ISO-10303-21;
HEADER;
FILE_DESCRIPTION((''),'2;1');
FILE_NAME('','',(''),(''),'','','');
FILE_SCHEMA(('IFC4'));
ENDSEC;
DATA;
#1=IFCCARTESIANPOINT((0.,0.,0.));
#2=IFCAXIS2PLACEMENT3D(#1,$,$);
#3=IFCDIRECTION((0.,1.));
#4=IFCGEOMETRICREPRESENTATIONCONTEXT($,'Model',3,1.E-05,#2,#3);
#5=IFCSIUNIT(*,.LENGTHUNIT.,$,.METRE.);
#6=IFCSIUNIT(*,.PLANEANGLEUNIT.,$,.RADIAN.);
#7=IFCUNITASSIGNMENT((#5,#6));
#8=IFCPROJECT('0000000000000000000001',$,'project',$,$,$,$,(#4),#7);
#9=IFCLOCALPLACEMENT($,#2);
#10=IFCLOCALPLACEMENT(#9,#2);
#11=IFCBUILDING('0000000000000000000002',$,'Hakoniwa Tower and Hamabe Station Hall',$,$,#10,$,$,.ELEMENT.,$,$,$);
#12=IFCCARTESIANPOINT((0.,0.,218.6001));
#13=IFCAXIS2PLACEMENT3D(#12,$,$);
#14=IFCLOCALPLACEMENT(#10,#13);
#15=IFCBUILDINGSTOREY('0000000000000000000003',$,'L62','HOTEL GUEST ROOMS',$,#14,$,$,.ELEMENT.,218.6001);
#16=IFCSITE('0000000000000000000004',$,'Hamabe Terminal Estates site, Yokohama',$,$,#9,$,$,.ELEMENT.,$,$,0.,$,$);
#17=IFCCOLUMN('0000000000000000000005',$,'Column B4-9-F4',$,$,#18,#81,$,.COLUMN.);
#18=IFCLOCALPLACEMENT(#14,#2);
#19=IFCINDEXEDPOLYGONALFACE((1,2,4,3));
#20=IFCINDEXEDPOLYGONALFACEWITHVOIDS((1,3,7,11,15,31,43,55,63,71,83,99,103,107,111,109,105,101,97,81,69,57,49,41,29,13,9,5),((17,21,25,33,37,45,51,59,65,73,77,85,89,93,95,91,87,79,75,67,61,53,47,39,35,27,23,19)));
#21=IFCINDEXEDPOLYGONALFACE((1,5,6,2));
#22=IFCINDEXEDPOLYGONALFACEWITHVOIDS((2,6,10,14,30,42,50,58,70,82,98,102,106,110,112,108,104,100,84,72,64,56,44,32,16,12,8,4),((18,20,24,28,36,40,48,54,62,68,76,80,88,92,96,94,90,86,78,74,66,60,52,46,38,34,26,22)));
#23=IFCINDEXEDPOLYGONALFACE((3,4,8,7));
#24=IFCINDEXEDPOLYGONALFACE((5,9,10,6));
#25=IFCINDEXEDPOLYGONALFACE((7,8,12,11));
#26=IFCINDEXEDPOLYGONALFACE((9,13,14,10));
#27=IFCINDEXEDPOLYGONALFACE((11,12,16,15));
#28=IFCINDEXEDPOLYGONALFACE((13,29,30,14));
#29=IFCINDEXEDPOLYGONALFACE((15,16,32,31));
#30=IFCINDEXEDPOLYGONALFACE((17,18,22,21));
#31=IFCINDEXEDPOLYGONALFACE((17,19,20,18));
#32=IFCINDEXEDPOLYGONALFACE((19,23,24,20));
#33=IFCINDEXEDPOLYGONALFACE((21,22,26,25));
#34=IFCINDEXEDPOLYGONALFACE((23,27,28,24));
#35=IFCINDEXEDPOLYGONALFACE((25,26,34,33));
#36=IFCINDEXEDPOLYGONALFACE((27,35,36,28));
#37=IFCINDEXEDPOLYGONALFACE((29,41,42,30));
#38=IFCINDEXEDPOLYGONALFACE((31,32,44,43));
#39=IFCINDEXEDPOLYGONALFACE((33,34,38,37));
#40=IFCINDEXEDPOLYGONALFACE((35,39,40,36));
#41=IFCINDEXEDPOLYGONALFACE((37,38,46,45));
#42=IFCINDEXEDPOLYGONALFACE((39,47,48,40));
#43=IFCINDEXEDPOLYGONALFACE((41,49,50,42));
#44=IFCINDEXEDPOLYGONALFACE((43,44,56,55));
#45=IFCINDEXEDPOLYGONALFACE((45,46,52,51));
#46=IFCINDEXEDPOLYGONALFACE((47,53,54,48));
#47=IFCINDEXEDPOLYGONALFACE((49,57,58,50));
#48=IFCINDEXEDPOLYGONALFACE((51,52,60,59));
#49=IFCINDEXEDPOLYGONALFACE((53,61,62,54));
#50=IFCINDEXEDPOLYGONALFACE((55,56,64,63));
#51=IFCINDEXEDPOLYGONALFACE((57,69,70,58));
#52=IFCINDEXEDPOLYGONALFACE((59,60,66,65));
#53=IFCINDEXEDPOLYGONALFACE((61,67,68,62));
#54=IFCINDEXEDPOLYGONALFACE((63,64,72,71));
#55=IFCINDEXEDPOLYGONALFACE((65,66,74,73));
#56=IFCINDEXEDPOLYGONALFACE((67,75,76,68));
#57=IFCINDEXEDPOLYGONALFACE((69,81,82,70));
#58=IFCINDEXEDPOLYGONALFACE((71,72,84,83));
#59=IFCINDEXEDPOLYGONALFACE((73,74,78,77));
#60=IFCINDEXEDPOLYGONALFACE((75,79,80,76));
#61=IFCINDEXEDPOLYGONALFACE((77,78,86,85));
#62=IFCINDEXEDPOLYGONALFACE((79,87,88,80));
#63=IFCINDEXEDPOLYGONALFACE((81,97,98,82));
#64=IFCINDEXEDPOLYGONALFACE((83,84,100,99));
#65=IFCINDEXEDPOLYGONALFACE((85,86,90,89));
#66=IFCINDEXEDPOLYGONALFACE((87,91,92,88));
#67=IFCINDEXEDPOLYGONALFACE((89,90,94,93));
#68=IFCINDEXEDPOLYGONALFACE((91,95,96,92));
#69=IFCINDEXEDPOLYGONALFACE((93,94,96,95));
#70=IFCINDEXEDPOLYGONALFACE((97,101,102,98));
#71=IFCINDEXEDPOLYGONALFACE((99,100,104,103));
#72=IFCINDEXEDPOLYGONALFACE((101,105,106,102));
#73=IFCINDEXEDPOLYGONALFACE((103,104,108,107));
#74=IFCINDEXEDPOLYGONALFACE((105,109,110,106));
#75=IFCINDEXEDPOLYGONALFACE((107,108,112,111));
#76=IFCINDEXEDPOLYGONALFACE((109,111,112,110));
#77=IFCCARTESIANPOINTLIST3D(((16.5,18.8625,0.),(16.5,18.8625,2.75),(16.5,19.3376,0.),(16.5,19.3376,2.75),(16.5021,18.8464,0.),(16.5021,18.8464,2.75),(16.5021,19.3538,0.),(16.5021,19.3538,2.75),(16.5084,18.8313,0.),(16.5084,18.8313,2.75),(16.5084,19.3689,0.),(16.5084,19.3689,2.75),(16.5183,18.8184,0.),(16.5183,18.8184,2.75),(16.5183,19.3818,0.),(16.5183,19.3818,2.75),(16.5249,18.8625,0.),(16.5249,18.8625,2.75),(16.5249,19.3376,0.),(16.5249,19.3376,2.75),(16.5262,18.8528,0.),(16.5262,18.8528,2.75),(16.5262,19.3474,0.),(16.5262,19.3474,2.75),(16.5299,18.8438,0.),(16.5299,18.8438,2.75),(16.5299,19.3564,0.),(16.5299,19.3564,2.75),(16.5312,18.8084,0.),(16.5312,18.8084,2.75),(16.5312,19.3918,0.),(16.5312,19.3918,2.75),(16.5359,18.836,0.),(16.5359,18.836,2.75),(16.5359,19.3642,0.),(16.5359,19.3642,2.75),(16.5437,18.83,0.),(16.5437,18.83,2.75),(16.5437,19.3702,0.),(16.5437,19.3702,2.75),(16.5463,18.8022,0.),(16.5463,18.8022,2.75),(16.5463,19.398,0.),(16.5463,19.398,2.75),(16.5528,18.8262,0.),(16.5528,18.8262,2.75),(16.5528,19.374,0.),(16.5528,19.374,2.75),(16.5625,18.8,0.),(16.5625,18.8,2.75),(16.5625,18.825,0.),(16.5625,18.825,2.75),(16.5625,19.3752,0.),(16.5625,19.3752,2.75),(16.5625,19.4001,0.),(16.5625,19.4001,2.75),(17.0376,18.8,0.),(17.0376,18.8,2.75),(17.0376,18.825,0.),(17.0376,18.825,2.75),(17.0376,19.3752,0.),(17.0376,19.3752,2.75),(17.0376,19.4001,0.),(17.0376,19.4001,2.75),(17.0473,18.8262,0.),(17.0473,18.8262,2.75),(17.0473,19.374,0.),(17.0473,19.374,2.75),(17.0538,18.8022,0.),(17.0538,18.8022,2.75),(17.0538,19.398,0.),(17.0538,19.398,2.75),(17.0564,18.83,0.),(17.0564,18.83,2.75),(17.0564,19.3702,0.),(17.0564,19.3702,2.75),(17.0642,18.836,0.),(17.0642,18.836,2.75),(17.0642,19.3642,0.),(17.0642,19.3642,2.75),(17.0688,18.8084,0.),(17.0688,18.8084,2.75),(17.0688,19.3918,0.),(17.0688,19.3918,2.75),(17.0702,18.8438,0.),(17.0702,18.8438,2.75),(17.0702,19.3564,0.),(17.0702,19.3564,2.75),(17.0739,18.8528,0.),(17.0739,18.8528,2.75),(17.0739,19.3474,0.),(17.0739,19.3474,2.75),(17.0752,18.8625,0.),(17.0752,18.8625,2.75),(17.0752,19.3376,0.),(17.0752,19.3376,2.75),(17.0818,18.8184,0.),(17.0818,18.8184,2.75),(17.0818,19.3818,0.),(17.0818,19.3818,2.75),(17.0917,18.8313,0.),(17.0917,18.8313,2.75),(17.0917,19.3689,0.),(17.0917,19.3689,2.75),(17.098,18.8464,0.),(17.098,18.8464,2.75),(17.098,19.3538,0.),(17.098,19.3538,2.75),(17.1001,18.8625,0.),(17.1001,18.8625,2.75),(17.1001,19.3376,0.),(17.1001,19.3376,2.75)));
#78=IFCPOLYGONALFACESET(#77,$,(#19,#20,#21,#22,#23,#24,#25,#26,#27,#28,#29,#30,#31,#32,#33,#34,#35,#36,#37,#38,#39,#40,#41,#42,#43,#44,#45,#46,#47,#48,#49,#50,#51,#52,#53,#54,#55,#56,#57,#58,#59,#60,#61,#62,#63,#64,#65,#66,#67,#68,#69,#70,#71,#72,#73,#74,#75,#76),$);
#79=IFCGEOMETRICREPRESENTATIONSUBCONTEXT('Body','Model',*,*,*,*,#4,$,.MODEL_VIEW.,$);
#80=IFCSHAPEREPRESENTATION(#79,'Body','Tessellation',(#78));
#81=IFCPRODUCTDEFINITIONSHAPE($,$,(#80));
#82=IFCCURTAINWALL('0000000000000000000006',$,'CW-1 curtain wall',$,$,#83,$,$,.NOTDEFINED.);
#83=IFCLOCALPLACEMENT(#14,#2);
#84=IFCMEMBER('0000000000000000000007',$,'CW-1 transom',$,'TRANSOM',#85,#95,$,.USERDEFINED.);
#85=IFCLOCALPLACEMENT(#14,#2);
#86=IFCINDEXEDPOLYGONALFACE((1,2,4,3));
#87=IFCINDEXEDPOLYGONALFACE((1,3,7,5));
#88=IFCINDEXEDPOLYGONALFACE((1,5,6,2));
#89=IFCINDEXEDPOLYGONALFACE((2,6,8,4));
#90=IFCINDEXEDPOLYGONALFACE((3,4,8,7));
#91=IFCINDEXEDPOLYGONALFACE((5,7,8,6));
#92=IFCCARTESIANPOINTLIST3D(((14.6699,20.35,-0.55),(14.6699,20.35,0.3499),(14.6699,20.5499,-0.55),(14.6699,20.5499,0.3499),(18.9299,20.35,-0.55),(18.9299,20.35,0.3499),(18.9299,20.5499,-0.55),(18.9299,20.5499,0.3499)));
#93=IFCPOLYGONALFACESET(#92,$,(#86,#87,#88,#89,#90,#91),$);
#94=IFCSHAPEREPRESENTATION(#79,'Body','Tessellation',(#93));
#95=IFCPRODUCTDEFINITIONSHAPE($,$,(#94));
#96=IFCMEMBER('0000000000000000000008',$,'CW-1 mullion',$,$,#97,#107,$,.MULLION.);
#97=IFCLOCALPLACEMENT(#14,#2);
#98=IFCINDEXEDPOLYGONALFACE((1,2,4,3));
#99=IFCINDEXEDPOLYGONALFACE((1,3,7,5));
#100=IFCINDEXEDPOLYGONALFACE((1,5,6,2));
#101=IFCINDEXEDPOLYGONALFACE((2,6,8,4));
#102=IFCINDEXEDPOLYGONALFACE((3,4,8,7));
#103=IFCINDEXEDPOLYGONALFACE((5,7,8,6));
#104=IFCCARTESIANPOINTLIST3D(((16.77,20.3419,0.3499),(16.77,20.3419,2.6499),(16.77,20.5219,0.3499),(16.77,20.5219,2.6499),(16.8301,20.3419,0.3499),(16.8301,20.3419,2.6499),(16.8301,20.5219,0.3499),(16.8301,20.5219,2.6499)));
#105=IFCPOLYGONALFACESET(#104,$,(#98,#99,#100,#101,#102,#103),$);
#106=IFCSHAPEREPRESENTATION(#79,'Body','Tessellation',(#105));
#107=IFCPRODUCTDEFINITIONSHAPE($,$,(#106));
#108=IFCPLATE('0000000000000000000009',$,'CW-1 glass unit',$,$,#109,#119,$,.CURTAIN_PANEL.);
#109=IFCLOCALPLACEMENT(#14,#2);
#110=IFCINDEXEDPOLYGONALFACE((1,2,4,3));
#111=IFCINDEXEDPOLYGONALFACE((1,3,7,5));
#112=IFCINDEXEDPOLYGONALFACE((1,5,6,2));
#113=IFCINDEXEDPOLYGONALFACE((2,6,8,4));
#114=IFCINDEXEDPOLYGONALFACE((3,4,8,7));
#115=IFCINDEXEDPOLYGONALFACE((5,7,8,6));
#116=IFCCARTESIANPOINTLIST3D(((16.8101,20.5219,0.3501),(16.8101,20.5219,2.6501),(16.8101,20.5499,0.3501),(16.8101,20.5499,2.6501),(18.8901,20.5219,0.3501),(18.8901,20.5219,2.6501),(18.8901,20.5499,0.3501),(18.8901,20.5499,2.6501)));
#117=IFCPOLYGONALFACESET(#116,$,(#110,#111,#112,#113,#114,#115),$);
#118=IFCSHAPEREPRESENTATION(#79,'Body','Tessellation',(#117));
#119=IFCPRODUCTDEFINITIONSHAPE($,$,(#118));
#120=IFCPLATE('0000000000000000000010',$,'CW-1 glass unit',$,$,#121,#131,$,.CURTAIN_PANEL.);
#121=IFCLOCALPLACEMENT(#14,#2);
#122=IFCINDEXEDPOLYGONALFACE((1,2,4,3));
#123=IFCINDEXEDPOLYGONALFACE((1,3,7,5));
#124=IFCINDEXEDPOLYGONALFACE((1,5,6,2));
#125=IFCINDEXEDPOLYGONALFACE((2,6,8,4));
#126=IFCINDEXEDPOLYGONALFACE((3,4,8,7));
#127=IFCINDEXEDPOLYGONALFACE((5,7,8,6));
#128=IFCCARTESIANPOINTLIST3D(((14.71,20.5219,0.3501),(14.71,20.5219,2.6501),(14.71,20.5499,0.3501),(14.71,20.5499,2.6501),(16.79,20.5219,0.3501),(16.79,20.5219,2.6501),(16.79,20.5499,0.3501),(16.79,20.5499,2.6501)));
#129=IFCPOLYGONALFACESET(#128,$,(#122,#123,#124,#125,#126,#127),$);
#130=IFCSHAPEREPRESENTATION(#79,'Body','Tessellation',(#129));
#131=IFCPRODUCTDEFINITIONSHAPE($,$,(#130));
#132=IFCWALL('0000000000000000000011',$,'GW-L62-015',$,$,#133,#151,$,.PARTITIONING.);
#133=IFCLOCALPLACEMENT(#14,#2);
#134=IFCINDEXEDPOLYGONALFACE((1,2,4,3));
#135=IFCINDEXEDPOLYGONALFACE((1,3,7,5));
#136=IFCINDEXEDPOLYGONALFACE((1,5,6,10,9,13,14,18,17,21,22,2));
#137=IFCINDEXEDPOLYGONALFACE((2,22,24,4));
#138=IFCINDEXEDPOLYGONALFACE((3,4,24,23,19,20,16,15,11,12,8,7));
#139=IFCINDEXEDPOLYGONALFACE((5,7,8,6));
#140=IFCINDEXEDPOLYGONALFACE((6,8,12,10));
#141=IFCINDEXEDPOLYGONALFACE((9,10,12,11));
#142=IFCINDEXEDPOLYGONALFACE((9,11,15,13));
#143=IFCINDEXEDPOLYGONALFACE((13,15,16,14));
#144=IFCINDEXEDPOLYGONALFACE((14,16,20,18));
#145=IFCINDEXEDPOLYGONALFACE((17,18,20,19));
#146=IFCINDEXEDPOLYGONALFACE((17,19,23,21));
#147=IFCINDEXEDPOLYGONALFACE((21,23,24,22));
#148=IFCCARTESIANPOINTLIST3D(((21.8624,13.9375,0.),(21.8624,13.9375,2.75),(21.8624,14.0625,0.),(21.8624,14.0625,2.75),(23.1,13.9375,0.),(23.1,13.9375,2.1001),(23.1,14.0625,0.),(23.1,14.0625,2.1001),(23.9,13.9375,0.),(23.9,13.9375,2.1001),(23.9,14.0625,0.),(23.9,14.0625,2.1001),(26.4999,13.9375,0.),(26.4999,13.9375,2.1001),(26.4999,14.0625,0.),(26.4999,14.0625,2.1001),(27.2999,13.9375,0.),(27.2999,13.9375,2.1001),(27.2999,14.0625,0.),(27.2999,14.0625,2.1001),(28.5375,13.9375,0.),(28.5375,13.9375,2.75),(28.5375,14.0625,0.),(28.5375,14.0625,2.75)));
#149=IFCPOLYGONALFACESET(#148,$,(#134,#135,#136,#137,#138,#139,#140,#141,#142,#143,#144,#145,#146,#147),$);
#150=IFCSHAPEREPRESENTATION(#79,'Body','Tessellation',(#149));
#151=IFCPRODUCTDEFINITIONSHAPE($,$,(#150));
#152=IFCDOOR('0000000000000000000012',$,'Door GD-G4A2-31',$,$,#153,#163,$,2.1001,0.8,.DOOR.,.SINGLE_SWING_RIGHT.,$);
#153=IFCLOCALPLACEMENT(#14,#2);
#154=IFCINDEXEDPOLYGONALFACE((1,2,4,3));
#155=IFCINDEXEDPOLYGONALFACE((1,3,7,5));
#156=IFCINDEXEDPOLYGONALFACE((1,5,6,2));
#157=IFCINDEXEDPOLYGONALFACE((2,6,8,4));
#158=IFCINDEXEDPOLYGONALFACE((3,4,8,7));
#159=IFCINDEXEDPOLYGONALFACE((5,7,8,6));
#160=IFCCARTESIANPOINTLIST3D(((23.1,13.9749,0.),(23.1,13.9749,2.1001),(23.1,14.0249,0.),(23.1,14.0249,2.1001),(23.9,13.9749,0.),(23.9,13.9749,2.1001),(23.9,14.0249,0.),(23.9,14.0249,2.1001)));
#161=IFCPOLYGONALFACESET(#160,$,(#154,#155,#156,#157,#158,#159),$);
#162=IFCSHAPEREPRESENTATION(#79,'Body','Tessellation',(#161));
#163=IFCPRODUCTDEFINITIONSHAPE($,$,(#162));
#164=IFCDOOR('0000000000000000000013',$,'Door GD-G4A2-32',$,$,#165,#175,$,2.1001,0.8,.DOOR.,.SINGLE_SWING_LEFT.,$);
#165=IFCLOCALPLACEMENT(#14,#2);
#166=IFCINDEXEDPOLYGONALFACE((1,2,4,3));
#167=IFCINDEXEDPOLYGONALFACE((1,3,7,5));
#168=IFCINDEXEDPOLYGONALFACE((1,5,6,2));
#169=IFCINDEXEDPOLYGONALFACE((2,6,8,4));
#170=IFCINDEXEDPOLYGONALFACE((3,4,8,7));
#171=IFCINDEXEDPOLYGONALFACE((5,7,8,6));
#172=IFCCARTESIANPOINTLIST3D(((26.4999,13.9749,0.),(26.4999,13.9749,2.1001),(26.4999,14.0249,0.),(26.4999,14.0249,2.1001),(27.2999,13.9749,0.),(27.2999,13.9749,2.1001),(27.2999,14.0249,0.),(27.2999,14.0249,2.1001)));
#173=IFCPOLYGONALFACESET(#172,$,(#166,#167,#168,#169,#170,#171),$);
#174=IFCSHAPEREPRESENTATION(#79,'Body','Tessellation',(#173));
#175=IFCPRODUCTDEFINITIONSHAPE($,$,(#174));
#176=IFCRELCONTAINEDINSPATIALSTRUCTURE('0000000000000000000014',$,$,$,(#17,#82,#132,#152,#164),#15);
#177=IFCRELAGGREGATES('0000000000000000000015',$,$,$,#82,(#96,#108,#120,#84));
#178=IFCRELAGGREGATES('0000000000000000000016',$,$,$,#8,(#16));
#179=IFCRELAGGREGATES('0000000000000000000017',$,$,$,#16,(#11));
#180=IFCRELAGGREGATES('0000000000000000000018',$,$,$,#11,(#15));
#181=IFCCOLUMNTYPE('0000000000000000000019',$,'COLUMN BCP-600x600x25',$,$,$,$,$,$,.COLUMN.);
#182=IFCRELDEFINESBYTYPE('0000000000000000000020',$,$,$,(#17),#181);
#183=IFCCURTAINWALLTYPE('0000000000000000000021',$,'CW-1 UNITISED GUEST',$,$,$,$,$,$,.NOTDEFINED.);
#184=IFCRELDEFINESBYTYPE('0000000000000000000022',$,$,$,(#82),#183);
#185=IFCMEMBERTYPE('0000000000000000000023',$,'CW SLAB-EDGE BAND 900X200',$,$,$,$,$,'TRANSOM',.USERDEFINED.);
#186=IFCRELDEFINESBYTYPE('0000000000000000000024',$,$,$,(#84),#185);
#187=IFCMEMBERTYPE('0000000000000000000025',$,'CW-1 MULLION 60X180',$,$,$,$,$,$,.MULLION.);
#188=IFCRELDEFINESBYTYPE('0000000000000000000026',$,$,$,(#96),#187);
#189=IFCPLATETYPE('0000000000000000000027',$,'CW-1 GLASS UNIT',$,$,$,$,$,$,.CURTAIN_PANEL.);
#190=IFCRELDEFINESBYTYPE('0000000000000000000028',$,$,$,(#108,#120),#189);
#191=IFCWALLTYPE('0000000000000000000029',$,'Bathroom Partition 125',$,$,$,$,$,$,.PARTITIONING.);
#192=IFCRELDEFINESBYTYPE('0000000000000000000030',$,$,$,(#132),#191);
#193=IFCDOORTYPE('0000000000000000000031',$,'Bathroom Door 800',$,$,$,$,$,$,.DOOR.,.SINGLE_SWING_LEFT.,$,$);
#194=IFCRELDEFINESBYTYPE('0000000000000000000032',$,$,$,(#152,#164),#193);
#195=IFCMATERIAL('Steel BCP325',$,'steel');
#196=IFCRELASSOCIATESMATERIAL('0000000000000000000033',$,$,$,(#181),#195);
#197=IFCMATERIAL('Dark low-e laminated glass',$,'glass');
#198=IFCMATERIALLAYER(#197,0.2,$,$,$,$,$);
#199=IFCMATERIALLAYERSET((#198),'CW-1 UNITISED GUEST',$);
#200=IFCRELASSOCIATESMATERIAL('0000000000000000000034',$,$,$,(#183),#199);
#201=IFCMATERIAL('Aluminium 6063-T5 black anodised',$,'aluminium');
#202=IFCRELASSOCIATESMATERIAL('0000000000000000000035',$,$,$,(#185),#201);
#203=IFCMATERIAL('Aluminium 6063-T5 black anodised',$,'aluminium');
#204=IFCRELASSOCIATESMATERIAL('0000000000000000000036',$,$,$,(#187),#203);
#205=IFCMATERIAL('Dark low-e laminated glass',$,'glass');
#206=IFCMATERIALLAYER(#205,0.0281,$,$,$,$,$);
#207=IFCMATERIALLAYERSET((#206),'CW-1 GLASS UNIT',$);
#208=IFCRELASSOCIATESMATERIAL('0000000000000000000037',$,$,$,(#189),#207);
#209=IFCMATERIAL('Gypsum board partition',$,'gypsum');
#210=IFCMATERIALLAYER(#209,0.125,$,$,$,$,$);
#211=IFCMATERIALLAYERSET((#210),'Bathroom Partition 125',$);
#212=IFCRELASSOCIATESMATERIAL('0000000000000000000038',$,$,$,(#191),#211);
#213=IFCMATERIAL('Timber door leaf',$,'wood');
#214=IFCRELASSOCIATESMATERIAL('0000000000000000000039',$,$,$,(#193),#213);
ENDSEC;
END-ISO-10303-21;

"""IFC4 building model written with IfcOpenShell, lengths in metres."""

from ifc_helpers import new_model, si_unit, direction, frame, frame_2d, origin, origin_2d, place, context, subcontext, project, spatial, rectangle, hollow_rectangle, extrude, material, layer, layer_set, material_profile, profile_set, type_object, element, fill, aggregate, save


model = new_model("IFC4")

# Units and contexts
model_context = context("Model", 3, precision=1e-05, world=origin(), true_north=direction((0.0, 1.0)))
body_context = subcontext(model_context, "Body", "Model", "MODEL_VIEW")
ifc_project = project(units=[si_unit("LENGTHUNIT", "METRE"), si_unit("PLANEANGLEUNIT", "RADIAN")], contexts=[model_context])

# Site, building, storey
site_placement = place(None, origin())
site = spatial("IfcSite", under=ifc_project, at=site_placement, Name="Hamabe Terminal Estates site, Yokohama", CompositionType="ELEMENT", RefElevation=0.0)
building_placement = place(site_placement, origin())
building = spatial("IfcBuilding", under=site, at=building_placement, Name="Hakoniwa Tower and Hamabe Station Hall", CompositionType="ELEMENT")
storey_placement = place(building_placement, frame((0.0, 0.0, 218.6001)))
storey = spatial("IfcBuildingStorey", under=building, at=storey_placement, Name="L62", Description="HOTEL GUEST ROOMS", CompositionType="ELEMENT", Elevation=218.6001)

# Column
ifc_material_1 = material(Name="Steel BCP325", Category="steel")
ifc_material_profile_1 = material_profile(ifc_material_1, hollow_rectangle(XDim=0.6001, YDim=0.6001, WallThickness=0.0249, InnerFilletRadius=0.0376, OuterFilletRadius=0.0625, at=origin_2d()), Name="BCP-600x600x25")
ifc_profile_set_1 = profile_set([ifc_material_profile_1], Name="Steel BCP325")
column_type = type_object("IfcColumnType", Name="COLUMN BCP-600x600x25", PredefinedType="COLUMN", material=ifc_profile_set_1)
column_placement = place(storey_placement, frame((16.8, 19.1001, 0.0), z_axis=(0.0, 0.0, 1.0), x_axis=(1.0, 0.0, 0.0)))
element("IfcColumn", 1, at=column_placement, inside=storey, type_object=column_type, Name="Column B4-9-F4", PredefinedType="COLUMN", context=body_context, shape_type="SweptSolid", body=[
    extrude(hollow_rectangle(XDim=0.6001, YDim=0.6001, WallThickness=0.0249, InnerFilletRadius=0.0376, OuterFilletRadius=0.0625, at=origin_2d()), origin(), (0.0, 0.0, 1.0), 2.75),
])

# Curtain wall, members, plates
ifc_material_2 = material(Name="Dark low-e laminated glass", Category="glass")
ifc_layer_1 = layer(ifc_material_2, 0.2)
ifc_layer_set_1 = layer_set([ifc_layer_1], Name="CW-1 UNITISED GUEST")
curtain_wall_type = type_object("IfcCurtainWallType", Name="CW-1 UNITISED GUEST", PredefinedType="NOTDEFINED", material=ifc_layer_set_1)
curtain_wall_placement = place(storey_placement, origin())
curtain_wall = element("IfcCurtainWall", 2, at=curtain_wall_placement, inside=storey, type_object=curtain_wall_type, Name="CW-1 curtain wall", PredefinedType="NOTDEFINED")
ifc_material_3 = material(Name="Aluminium 6063-T5 black anodised", Category="aluminium")
ifc_material_profile_2 = material_profile(ifc_material_3, rectangle(XDim=0.2, YDim=0.8999, at=origin_2d()), Name="CW SLAB-EDGE BAND 900X200")
ifc_profile_set_2 = profile_set([ifc_material_profile_2], Name="Aluminium 6063-T5 black anodised")
member_type_1 = type_object("IfcMemberType", Name="CW SLAB-EDGE BAND 900X200", ElementType="TRANSOM", PredefinedType="USERDEFINED", material=ifc_profile_set_2)
member_1_placement = place(storey_placement, frame((18.9299, 20.45, -0.1001), z_axis=(-1.0, 0.0, 0.0), x_axis=(0.0, -1.0, 0.0)))
member_1 = element("IfcMember", 3, at=member_1_placement, type_object=member_type_1, Name="CW-1 transom", ObjectType="TRANSOM", PredefinedType="USERDEFINED", context=body_context, shape_type="SweptSolid", body=[
    extrude(rectangle(XDim=0.2, YDim=0.8999, at=origin_2d()), origin(), (0.0, 0.0, 1.0), 4.26),
])
ifc_material_4 = material(Name="Aluminium 6063-T5 black anodised", Category="aluminium")
ifc_material_profile_3 = material_profile(ifc_material_4, rectangle(XDim=0.0601, YDim=0.1799, at=origin_2d()), Name="CW-1 MULLION 60X180")
ifc_profile_set_3 = profile_set([ifc_material_profile_3], Name="Aluminium 6063-T5 black anodised")
member_type_2 = type_object("IfcMemberType", Name="CW-1 MULLION 60X180", PredefinedType="MULLION", material=ifc_profile_set_3)
member_2_placement = place(storey_placement, frame((16.8, 20.4319, 0.3499), z_axis=(0.0, 0.0, 1.0), x_axis=(-1.0, 0.0, 0.0)))
member_2 = element("IfcMember", 4, at=member_2_placement, type_object=member_type_2, Name="CW-1 mullion", PredefinedType="MULLION", context=body_context, shape_type="SweptSolid", body=[
    extrude(rectangle(XDim=0.0601, YDim=0.1799, at=origin_2d()), origin(), (0.0, 0.0, 1.0), 2.3),
])
ifc_material_5 = material(Name="Dark low-e laminated glass", Category="glass")
ifc_layer_2 = layer(ifc_material_5, 0.0281)
ifc_layer_set_2 = layer_set([ifc_layer_2], Name="CW-1 GLASS UNIT")
plate_type = type_object("IfcPlateType", Name="CW-1 GLASS UNIT", PredefinedType="CURTAIN_PANEL", material=ifc_layer_set_2)
plate_1_placement = place(storey_placement, frame((17.8501, 20.5359, 0.3501), z_axis=(0.0, 0.0, 1.0), x_axis=(-1.0, 0.0, 0.0)))
plate_1 = element("IfcPlate", 5, at=plate_1_placement, type_object=plate_type, Name="CW-1 glass unit", PredefinedType="CURTAIN_PANEL", context=body_context, shape_type="SweptSolid", body=[
    extrude(rectangle(XDim=2.0801, YDim=0.0281, at=origin_2d()), origin(), (0.0, 0.0, 1.0), 2.3),
])
plate_2_placement = place(storey_placement, frame((15.75, 20.5359, 0.3501), z_axis=(0.0, 0.0, 1.0), x_axis=(-1.0, 0.0, 0.0)))
plate_2 = element("IfcPlate", 6, at=plate_2_placement, type_object=plate_type, Name="CW-1 glass unit", PredefinedType="CURTAIN_PANEL", context=body_context, shape_type="SweptSolid", body=[
    extrude(rectangle(XDim=2.0801, YDim=0.0281, at=origin_2d()), origin(), (0.0, 0.0, 1.0), 2.3),
])

# Wall, openings, doors
ifc_material_6 = material(Name="Gypsum board partition", Category="gypsum")
ifc_layer_3 = layer(ifc_material_6, 0.125)
ifc_layer_set_3 = layer_set([ifc_layer_3], Name="Bathroom Partition 125")
wall_type_1 = type_object("IfcWallType", Name="Bathroom Partition 125", PredefinedType="PARTITIONING", material=ifc_layer_set_3)
wall_1_placement = place(storey_placement, frame((21.8625, 14.0, 0.0), z_axis=(0.0, 0.0, 1.0), x_axis=(1.0, 0.0, 0.0)))
wall_1 = element("IfcWall", 7, at=wall_1_placement, inside=storey, type_object=wall_type_1, Name="GW-L62-015", PredefinedType="PARTITIONING", context=body_context, shape_type="SweptSolid", body=[
    extrude(rectangle(XDim=6.675, YDim=0.125, at=frame_2d((3.3374, 0.0))), origin(), (0.0, 0.0, 1.0), 2.75),
])
opening_1_placement = place(wall_1_placement, frame((1.2375, 0.0, 0.0)))
opening_1 = element("IfcOpeningElement", 8, at=opening_1_placement, cuts=wall_1, PredefinedType="OPENING", context=body_context, shape_type="SweptSolid", body=[
    extrude(rectangle(XDim=0.8, YDim=2.1001, at=frame_2d((0.3999, 1.05))), frame((0.0, 0.0725, 0.0), z_axis=(0.0, -1.0, 0.0), x_axis=(1.0, 0.0, 0.0)), (0.0, 0.0, 1.0), 0.145),
])
opening_2_placement = place(wall_1_placement, frame((4.6375, 0.0, 0.0)))
opening_2 = element("IfcOpeningElement", 9, at=opening_2_placement, cuts=wall_1, PredefinedType="OPENING", context=body_context, shape_type="SweptSolid", body=[
    extrude(rectangle(XDim=0.8, YDim=2.1001, at=frame_2d((0.3999, 1.05))), frame((0.0, 0.0725, 0.0), z_axis=(0.0, -1.0, 0.0), x_axis=(1.0, 0.0, 0.0)), (0.0, 0.0, 1.0), 0.145),
])
ifc_material_7 = material(Name="Timber door leaf", Category="wood")
door_type_1 = type_object("IfcDoorType", Name="Bathroom Door 800", OperationType="SINGLE_SWING_LEFT", PredefinedType="DOOR", material=ifc_material_7)
door_1_placement = place(opening_1_placement, origin())
door_1 = element("IfcDoor", 10, at=door_1_placement, inside=storey, type_object=door_type_1, Name="Door GD-G4A2-31", OperationType="SINGLE_SWING_RIGHT", OverallHeight=2.1001, OverallWidth=0.8, PredefinedType="DOOR", context=body_context, shape_type="SweptSolid", body=[
    extrude(rectangle(XDim=0.8, YDim=2.1001, at=frame_2d((0.3999, 1.05))), frame((0.0, 0.0249, 0.0), z_axis=(0.0, -1.0, 0.0), x_axis=(1.0, 0.0, 0.0)), (0.0, 0.0, 1.0), 0.05),
])
fill(opening_1, door_1)
door_2_placement = place(opening_2_placement, origin())
door_2 = element("IfcDoor", 11, at=door_2_placement, inside=storey, type_object=door_type_1, Name="Door GD-G4A2-32", OperationType="SINGLE_SWING_LEFT", OverallHeight=2.1001, OverallWidth=0.8, PredefinedType="DOOR", context=body_context, shape_type="SweptSolid", body=[
    extrude(rectangle(XDim=0.8, YDim=2.1001, at=frame_2d((0.3999, 1.05))), frame((0.0, 0.0249, 0.0), z_axis=(0.0, -1.0, 0.0), x_axis=(1.0, 0.0, 0.0)), (0.0, 0.0, 1.0), 0.05),
])
fill(opening_2, door_2)

aggregate(curtain_wall, [member_2, plate_1, plate_2, member_1])

save(model, "model.ifc")
